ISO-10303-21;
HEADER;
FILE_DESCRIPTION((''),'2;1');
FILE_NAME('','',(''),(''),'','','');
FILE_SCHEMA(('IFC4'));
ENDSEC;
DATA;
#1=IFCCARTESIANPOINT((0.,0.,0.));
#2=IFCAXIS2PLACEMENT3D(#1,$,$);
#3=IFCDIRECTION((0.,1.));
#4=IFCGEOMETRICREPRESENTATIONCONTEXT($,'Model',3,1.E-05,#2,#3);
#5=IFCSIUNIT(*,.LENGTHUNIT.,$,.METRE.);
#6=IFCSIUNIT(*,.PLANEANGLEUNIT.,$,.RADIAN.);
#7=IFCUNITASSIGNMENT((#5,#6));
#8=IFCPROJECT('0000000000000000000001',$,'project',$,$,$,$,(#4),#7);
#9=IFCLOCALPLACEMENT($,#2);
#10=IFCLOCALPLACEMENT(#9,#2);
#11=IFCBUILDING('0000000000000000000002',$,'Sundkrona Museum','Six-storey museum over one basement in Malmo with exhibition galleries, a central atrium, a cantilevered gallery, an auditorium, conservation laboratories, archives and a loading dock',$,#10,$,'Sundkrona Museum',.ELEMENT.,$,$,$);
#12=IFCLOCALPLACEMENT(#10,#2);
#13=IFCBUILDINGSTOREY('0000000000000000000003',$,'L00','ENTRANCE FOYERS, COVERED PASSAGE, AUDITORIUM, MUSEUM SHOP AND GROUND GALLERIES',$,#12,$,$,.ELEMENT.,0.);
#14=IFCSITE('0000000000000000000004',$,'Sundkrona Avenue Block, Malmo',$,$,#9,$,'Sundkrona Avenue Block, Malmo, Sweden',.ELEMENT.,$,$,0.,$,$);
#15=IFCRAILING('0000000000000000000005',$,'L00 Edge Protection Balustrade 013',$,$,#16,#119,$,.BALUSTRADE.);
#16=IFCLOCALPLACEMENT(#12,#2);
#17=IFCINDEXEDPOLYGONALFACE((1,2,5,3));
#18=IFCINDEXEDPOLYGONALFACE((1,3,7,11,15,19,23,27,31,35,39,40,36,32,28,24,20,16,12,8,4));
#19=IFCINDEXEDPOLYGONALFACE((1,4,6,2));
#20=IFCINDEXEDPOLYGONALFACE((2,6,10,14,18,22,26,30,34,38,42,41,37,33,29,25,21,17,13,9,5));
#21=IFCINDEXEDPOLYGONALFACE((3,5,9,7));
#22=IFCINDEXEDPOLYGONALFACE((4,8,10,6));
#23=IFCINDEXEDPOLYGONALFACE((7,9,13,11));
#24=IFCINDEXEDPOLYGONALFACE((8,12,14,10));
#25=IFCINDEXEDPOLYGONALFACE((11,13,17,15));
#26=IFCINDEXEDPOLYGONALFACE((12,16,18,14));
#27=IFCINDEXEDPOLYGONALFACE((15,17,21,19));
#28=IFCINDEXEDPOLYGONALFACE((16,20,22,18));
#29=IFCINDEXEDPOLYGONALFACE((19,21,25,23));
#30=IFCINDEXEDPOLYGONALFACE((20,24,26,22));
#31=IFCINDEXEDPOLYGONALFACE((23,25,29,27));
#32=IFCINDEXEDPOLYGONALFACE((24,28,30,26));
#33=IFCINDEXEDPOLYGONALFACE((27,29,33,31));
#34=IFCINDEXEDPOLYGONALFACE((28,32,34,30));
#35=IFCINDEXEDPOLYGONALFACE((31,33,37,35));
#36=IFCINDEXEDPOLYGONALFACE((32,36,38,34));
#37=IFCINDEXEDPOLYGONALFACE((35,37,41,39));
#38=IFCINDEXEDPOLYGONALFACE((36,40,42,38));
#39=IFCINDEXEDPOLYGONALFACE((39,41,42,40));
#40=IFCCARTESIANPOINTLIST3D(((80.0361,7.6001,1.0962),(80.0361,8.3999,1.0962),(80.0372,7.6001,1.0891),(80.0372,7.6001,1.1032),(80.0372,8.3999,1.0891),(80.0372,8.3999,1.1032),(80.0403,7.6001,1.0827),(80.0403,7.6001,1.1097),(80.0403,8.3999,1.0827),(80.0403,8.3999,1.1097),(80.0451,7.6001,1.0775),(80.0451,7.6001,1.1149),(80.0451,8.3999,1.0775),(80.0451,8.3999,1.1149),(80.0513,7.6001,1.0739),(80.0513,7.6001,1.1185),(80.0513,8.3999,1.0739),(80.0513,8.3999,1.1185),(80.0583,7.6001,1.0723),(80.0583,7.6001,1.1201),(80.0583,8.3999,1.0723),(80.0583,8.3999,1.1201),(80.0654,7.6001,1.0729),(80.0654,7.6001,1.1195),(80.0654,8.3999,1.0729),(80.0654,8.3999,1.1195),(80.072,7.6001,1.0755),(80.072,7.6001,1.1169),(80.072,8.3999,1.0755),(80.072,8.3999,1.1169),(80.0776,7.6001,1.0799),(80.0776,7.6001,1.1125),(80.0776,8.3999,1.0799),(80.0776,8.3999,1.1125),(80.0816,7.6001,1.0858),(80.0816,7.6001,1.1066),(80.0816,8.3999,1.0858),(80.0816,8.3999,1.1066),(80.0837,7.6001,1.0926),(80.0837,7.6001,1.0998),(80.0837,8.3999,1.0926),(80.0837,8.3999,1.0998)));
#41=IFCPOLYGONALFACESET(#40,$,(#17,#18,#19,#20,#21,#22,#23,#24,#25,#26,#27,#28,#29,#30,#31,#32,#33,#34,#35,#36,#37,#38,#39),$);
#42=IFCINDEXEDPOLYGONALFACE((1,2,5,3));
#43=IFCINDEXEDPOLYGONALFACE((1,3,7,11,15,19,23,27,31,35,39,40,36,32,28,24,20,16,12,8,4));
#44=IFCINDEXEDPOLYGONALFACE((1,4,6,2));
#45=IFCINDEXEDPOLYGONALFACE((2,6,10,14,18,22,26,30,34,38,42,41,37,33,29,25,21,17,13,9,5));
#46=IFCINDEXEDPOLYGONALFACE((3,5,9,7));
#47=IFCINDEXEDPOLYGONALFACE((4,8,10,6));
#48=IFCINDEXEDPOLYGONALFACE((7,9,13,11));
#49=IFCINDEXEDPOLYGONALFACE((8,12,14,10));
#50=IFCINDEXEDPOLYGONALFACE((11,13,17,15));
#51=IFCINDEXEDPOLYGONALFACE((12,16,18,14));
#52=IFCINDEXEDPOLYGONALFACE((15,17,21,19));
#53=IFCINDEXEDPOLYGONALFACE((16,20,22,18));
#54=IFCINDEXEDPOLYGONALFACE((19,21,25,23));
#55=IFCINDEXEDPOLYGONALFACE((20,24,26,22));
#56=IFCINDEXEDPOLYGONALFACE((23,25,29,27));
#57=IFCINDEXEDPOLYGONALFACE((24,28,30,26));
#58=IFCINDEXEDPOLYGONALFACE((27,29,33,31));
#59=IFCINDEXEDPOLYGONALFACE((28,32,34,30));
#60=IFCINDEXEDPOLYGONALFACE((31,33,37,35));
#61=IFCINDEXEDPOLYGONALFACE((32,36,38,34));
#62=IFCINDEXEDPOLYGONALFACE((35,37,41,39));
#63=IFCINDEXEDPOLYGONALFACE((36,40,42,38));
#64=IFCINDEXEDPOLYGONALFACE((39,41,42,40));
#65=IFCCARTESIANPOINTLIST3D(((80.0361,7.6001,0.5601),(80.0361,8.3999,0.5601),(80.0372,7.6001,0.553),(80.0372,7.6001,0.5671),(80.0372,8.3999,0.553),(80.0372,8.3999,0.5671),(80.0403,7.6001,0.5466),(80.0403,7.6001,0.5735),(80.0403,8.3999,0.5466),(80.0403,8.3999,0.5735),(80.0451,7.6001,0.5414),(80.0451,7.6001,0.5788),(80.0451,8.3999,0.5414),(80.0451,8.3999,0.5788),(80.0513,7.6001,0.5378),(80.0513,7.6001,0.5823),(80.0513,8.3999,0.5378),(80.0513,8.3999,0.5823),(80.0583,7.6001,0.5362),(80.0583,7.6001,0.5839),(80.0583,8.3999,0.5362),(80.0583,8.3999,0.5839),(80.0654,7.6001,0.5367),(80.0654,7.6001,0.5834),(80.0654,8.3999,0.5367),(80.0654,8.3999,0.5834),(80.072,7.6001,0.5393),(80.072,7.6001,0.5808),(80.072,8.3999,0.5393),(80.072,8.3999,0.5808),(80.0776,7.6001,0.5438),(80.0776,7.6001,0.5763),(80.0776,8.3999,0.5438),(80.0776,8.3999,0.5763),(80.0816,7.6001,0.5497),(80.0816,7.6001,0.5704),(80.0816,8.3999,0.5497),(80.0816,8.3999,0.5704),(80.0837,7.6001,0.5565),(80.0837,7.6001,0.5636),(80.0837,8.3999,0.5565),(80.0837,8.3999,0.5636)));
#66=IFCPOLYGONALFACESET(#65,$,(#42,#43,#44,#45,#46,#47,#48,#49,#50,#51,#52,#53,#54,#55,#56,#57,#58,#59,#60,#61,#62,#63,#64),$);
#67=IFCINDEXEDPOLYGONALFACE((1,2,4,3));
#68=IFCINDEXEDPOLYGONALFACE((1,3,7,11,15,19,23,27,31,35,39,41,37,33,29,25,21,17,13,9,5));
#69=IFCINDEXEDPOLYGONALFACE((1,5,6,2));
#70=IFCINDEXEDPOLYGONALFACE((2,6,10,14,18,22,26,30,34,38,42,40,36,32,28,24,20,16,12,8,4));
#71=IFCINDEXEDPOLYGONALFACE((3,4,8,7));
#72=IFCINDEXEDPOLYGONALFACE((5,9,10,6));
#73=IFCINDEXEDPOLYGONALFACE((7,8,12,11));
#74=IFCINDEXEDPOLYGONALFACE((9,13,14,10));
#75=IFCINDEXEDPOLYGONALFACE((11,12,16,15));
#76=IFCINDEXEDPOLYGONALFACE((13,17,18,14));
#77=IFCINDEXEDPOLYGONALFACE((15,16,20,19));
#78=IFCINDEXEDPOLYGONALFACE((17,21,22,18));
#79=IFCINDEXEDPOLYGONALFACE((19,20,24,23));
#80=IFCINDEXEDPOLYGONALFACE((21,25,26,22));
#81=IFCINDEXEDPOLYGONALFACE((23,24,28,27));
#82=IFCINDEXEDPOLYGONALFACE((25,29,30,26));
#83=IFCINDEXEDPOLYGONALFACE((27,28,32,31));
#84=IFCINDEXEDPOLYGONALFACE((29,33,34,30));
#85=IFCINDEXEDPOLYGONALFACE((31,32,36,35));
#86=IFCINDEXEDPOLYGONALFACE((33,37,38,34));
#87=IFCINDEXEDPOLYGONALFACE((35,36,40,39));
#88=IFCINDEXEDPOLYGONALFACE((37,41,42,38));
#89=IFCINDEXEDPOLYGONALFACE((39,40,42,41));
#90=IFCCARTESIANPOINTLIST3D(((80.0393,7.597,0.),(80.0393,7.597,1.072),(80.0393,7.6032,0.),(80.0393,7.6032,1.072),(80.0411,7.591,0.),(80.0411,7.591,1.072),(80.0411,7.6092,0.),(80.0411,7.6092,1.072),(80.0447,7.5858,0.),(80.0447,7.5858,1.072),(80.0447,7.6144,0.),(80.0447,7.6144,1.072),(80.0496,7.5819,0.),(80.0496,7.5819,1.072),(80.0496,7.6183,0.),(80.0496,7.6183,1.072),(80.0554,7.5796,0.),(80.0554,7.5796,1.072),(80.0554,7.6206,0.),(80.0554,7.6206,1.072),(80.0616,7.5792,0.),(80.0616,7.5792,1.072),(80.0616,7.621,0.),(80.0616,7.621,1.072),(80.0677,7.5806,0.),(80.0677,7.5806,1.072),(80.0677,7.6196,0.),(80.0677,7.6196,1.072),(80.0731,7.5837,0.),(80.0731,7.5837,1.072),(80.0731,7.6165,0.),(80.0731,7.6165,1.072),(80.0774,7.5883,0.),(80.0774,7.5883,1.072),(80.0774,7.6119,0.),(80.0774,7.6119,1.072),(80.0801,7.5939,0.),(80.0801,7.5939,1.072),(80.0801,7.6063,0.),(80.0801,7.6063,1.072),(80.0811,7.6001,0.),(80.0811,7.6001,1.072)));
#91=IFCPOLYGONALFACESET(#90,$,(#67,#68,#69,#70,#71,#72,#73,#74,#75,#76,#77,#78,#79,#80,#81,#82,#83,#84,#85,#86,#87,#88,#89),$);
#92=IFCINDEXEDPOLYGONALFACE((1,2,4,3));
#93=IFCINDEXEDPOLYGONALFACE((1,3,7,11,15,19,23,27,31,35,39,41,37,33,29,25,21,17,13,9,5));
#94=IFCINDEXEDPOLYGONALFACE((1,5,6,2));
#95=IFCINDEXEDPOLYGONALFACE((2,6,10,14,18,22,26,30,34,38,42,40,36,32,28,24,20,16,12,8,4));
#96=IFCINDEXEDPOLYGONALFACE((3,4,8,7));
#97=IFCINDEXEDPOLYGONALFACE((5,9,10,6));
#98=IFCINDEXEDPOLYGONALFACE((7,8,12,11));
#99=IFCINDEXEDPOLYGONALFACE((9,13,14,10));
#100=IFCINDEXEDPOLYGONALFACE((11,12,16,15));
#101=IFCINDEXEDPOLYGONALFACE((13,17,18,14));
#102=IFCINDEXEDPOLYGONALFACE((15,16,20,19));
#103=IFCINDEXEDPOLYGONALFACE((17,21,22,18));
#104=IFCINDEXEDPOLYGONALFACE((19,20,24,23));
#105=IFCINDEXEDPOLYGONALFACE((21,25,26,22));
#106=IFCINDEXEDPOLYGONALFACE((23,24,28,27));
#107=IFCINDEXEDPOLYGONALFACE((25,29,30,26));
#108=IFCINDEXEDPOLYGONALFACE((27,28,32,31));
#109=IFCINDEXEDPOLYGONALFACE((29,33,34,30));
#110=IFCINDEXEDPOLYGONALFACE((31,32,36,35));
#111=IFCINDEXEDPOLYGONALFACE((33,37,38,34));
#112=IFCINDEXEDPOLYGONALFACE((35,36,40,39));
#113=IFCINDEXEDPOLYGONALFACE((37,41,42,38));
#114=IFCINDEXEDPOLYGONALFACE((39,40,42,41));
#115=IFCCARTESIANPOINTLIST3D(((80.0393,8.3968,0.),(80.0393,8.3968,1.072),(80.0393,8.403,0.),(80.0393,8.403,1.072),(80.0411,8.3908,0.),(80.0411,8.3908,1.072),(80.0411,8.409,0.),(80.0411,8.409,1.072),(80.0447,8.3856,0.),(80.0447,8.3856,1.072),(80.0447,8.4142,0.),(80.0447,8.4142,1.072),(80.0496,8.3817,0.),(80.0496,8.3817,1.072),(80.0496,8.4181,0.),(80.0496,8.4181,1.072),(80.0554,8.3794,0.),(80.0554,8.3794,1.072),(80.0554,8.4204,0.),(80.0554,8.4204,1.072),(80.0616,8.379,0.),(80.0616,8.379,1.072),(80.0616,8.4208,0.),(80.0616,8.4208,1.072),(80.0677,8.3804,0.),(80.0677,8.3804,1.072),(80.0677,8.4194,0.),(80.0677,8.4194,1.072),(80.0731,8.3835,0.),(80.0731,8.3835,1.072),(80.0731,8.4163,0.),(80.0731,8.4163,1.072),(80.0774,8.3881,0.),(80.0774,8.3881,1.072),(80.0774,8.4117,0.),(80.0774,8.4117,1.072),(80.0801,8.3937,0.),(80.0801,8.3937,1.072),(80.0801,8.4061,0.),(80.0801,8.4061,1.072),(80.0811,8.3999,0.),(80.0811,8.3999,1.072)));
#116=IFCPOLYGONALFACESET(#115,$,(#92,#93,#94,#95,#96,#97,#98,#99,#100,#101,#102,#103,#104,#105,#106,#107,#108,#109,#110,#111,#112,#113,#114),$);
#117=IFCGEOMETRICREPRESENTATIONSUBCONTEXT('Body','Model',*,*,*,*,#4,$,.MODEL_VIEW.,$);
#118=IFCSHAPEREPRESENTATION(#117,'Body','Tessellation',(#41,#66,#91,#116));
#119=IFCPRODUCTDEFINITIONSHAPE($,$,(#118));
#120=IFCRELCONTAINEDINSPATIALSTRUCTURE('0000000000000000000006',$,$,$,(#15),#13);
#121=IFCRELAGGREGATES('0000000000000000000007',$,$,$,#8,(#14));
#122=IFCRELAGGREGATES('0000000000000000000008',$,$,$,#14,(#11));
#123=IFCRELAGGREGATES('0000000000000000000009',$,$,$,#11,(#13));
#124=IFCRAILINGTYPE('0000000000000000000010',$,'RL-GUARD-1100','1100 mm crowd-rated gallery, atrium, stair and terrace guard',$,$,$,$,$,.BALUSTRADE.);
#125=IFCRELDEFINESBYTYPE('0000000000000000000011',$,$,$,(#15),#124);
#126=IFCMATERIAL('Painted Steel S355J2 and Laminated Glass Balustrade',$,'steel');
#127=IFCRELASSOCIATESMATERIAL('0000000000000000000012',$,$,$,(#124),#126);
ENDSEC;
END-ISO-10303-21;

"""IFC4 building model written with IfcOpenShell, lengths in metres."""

from ifc_helpers import new_model, si_unit, direction, frame, origin, origin_2d, place, context, subcontext, project, spatial, circle, extrude, material, type_object, element, save


model = new_model("IFC4")

# Units and contexts
model_context = context("Model", 3, precision=1e-05, world=origin(), true_north=direction((0.0, 1.0)))
body_context = subcontext(model_context, "Body", "Model", "MODEL_VIEW")
ifc_project = project(units=[si_unit("LENGTHUNIT", "METRE"), si_unit("PLANEANGLEUNIT", "RADIAN")], contexts=[model_context])

# Site, building, storey
site_placement = place(None, origin())
site = spatial("IfcSite", under=ifc_project, at=site_placement, Name="Sundkrona Avenue Block, Malmo", LongName="Sundkrona Avenue Block, Malmo, Sweden", CompositionType="ELEMENT", RefElevation=0.0)
building_placement = place(site_placement, origin())
building = spatial("IfcBuilding", under=site, at=building_placement, Name="Sundkrona Museum", Description="Six-storey museum over one basement in Malmo with exhibition galleries, a central atrium, a cantilevered gallery, an auditorium, conservation laboratories, archives and a loading dock", LongName="Sundkrona Museum", CompositionType="ELEMENT")
storey_placement = place(building_placement, origin())
storey = spatial("IfcBuildingStorey", under=building, at=storey_placement, Name="L00", Description="ENTRANCE FOYERS, COVERED PASSAGE, AUDITORIUM, MUSEUM SHOP AND GROUND GALLERIES", CompositionType="ELEMENT", Elevation=0.0)

# Railing
ifc_material_1 = material(Name="Painted Steel S355J2 and Laminated Glass Balustrade", Category="steel")
railing_type = type_object("IfcRailingType", Name="RL-GUARD-1100", Description="1100 mm crowd-rated gallery, atrium, stair and terrace guard", PredefinedType="BALUSTRADE", material=ifc_material_1)
railing_1_placement = place(storey_placement, frame((80.0601, 7.6001, 0.0)))
element("IfcRailing", 1, at=railing_1_placement, inside=storey, type_object=railing_type, Name="L00 Edge Protection Balustrade 013", PredefinedType="BALUSTRADE", context=body_context, shape_type="SweptSolid", body=[
    extrude(circle(Radius=0.0239, at=origin_2d()), frame((0.0, 0.0, 1.0962), z_axis=(0.0, 1.0, 0.0), x_axis=(-1.0, 0.0, 0.0)), (0.0, 0.0, 1.0), 0.7998),
    extrude(circle(Radius=0.0239, at=origin_2d()), frame((0.0, 0.0, 0.5601), z_axis=(0.0, 1.0, 0.0), x_axis=(-1.0, 0.0, 0.0)), (0.0, 0.0, 1.0), 0.7998),
    extrude(circle(Radius=0.021, at=origin_2d()), origin(), (0.0, 0.0, 1.0), 1.072),
    extrude(circle(Radius=0.021, at=origin_2d()), frame((0.0, 0.7998, 0.0)), (0.0, 0.0, 1.0), 1.072),
])

save(model, "model.ifc")
